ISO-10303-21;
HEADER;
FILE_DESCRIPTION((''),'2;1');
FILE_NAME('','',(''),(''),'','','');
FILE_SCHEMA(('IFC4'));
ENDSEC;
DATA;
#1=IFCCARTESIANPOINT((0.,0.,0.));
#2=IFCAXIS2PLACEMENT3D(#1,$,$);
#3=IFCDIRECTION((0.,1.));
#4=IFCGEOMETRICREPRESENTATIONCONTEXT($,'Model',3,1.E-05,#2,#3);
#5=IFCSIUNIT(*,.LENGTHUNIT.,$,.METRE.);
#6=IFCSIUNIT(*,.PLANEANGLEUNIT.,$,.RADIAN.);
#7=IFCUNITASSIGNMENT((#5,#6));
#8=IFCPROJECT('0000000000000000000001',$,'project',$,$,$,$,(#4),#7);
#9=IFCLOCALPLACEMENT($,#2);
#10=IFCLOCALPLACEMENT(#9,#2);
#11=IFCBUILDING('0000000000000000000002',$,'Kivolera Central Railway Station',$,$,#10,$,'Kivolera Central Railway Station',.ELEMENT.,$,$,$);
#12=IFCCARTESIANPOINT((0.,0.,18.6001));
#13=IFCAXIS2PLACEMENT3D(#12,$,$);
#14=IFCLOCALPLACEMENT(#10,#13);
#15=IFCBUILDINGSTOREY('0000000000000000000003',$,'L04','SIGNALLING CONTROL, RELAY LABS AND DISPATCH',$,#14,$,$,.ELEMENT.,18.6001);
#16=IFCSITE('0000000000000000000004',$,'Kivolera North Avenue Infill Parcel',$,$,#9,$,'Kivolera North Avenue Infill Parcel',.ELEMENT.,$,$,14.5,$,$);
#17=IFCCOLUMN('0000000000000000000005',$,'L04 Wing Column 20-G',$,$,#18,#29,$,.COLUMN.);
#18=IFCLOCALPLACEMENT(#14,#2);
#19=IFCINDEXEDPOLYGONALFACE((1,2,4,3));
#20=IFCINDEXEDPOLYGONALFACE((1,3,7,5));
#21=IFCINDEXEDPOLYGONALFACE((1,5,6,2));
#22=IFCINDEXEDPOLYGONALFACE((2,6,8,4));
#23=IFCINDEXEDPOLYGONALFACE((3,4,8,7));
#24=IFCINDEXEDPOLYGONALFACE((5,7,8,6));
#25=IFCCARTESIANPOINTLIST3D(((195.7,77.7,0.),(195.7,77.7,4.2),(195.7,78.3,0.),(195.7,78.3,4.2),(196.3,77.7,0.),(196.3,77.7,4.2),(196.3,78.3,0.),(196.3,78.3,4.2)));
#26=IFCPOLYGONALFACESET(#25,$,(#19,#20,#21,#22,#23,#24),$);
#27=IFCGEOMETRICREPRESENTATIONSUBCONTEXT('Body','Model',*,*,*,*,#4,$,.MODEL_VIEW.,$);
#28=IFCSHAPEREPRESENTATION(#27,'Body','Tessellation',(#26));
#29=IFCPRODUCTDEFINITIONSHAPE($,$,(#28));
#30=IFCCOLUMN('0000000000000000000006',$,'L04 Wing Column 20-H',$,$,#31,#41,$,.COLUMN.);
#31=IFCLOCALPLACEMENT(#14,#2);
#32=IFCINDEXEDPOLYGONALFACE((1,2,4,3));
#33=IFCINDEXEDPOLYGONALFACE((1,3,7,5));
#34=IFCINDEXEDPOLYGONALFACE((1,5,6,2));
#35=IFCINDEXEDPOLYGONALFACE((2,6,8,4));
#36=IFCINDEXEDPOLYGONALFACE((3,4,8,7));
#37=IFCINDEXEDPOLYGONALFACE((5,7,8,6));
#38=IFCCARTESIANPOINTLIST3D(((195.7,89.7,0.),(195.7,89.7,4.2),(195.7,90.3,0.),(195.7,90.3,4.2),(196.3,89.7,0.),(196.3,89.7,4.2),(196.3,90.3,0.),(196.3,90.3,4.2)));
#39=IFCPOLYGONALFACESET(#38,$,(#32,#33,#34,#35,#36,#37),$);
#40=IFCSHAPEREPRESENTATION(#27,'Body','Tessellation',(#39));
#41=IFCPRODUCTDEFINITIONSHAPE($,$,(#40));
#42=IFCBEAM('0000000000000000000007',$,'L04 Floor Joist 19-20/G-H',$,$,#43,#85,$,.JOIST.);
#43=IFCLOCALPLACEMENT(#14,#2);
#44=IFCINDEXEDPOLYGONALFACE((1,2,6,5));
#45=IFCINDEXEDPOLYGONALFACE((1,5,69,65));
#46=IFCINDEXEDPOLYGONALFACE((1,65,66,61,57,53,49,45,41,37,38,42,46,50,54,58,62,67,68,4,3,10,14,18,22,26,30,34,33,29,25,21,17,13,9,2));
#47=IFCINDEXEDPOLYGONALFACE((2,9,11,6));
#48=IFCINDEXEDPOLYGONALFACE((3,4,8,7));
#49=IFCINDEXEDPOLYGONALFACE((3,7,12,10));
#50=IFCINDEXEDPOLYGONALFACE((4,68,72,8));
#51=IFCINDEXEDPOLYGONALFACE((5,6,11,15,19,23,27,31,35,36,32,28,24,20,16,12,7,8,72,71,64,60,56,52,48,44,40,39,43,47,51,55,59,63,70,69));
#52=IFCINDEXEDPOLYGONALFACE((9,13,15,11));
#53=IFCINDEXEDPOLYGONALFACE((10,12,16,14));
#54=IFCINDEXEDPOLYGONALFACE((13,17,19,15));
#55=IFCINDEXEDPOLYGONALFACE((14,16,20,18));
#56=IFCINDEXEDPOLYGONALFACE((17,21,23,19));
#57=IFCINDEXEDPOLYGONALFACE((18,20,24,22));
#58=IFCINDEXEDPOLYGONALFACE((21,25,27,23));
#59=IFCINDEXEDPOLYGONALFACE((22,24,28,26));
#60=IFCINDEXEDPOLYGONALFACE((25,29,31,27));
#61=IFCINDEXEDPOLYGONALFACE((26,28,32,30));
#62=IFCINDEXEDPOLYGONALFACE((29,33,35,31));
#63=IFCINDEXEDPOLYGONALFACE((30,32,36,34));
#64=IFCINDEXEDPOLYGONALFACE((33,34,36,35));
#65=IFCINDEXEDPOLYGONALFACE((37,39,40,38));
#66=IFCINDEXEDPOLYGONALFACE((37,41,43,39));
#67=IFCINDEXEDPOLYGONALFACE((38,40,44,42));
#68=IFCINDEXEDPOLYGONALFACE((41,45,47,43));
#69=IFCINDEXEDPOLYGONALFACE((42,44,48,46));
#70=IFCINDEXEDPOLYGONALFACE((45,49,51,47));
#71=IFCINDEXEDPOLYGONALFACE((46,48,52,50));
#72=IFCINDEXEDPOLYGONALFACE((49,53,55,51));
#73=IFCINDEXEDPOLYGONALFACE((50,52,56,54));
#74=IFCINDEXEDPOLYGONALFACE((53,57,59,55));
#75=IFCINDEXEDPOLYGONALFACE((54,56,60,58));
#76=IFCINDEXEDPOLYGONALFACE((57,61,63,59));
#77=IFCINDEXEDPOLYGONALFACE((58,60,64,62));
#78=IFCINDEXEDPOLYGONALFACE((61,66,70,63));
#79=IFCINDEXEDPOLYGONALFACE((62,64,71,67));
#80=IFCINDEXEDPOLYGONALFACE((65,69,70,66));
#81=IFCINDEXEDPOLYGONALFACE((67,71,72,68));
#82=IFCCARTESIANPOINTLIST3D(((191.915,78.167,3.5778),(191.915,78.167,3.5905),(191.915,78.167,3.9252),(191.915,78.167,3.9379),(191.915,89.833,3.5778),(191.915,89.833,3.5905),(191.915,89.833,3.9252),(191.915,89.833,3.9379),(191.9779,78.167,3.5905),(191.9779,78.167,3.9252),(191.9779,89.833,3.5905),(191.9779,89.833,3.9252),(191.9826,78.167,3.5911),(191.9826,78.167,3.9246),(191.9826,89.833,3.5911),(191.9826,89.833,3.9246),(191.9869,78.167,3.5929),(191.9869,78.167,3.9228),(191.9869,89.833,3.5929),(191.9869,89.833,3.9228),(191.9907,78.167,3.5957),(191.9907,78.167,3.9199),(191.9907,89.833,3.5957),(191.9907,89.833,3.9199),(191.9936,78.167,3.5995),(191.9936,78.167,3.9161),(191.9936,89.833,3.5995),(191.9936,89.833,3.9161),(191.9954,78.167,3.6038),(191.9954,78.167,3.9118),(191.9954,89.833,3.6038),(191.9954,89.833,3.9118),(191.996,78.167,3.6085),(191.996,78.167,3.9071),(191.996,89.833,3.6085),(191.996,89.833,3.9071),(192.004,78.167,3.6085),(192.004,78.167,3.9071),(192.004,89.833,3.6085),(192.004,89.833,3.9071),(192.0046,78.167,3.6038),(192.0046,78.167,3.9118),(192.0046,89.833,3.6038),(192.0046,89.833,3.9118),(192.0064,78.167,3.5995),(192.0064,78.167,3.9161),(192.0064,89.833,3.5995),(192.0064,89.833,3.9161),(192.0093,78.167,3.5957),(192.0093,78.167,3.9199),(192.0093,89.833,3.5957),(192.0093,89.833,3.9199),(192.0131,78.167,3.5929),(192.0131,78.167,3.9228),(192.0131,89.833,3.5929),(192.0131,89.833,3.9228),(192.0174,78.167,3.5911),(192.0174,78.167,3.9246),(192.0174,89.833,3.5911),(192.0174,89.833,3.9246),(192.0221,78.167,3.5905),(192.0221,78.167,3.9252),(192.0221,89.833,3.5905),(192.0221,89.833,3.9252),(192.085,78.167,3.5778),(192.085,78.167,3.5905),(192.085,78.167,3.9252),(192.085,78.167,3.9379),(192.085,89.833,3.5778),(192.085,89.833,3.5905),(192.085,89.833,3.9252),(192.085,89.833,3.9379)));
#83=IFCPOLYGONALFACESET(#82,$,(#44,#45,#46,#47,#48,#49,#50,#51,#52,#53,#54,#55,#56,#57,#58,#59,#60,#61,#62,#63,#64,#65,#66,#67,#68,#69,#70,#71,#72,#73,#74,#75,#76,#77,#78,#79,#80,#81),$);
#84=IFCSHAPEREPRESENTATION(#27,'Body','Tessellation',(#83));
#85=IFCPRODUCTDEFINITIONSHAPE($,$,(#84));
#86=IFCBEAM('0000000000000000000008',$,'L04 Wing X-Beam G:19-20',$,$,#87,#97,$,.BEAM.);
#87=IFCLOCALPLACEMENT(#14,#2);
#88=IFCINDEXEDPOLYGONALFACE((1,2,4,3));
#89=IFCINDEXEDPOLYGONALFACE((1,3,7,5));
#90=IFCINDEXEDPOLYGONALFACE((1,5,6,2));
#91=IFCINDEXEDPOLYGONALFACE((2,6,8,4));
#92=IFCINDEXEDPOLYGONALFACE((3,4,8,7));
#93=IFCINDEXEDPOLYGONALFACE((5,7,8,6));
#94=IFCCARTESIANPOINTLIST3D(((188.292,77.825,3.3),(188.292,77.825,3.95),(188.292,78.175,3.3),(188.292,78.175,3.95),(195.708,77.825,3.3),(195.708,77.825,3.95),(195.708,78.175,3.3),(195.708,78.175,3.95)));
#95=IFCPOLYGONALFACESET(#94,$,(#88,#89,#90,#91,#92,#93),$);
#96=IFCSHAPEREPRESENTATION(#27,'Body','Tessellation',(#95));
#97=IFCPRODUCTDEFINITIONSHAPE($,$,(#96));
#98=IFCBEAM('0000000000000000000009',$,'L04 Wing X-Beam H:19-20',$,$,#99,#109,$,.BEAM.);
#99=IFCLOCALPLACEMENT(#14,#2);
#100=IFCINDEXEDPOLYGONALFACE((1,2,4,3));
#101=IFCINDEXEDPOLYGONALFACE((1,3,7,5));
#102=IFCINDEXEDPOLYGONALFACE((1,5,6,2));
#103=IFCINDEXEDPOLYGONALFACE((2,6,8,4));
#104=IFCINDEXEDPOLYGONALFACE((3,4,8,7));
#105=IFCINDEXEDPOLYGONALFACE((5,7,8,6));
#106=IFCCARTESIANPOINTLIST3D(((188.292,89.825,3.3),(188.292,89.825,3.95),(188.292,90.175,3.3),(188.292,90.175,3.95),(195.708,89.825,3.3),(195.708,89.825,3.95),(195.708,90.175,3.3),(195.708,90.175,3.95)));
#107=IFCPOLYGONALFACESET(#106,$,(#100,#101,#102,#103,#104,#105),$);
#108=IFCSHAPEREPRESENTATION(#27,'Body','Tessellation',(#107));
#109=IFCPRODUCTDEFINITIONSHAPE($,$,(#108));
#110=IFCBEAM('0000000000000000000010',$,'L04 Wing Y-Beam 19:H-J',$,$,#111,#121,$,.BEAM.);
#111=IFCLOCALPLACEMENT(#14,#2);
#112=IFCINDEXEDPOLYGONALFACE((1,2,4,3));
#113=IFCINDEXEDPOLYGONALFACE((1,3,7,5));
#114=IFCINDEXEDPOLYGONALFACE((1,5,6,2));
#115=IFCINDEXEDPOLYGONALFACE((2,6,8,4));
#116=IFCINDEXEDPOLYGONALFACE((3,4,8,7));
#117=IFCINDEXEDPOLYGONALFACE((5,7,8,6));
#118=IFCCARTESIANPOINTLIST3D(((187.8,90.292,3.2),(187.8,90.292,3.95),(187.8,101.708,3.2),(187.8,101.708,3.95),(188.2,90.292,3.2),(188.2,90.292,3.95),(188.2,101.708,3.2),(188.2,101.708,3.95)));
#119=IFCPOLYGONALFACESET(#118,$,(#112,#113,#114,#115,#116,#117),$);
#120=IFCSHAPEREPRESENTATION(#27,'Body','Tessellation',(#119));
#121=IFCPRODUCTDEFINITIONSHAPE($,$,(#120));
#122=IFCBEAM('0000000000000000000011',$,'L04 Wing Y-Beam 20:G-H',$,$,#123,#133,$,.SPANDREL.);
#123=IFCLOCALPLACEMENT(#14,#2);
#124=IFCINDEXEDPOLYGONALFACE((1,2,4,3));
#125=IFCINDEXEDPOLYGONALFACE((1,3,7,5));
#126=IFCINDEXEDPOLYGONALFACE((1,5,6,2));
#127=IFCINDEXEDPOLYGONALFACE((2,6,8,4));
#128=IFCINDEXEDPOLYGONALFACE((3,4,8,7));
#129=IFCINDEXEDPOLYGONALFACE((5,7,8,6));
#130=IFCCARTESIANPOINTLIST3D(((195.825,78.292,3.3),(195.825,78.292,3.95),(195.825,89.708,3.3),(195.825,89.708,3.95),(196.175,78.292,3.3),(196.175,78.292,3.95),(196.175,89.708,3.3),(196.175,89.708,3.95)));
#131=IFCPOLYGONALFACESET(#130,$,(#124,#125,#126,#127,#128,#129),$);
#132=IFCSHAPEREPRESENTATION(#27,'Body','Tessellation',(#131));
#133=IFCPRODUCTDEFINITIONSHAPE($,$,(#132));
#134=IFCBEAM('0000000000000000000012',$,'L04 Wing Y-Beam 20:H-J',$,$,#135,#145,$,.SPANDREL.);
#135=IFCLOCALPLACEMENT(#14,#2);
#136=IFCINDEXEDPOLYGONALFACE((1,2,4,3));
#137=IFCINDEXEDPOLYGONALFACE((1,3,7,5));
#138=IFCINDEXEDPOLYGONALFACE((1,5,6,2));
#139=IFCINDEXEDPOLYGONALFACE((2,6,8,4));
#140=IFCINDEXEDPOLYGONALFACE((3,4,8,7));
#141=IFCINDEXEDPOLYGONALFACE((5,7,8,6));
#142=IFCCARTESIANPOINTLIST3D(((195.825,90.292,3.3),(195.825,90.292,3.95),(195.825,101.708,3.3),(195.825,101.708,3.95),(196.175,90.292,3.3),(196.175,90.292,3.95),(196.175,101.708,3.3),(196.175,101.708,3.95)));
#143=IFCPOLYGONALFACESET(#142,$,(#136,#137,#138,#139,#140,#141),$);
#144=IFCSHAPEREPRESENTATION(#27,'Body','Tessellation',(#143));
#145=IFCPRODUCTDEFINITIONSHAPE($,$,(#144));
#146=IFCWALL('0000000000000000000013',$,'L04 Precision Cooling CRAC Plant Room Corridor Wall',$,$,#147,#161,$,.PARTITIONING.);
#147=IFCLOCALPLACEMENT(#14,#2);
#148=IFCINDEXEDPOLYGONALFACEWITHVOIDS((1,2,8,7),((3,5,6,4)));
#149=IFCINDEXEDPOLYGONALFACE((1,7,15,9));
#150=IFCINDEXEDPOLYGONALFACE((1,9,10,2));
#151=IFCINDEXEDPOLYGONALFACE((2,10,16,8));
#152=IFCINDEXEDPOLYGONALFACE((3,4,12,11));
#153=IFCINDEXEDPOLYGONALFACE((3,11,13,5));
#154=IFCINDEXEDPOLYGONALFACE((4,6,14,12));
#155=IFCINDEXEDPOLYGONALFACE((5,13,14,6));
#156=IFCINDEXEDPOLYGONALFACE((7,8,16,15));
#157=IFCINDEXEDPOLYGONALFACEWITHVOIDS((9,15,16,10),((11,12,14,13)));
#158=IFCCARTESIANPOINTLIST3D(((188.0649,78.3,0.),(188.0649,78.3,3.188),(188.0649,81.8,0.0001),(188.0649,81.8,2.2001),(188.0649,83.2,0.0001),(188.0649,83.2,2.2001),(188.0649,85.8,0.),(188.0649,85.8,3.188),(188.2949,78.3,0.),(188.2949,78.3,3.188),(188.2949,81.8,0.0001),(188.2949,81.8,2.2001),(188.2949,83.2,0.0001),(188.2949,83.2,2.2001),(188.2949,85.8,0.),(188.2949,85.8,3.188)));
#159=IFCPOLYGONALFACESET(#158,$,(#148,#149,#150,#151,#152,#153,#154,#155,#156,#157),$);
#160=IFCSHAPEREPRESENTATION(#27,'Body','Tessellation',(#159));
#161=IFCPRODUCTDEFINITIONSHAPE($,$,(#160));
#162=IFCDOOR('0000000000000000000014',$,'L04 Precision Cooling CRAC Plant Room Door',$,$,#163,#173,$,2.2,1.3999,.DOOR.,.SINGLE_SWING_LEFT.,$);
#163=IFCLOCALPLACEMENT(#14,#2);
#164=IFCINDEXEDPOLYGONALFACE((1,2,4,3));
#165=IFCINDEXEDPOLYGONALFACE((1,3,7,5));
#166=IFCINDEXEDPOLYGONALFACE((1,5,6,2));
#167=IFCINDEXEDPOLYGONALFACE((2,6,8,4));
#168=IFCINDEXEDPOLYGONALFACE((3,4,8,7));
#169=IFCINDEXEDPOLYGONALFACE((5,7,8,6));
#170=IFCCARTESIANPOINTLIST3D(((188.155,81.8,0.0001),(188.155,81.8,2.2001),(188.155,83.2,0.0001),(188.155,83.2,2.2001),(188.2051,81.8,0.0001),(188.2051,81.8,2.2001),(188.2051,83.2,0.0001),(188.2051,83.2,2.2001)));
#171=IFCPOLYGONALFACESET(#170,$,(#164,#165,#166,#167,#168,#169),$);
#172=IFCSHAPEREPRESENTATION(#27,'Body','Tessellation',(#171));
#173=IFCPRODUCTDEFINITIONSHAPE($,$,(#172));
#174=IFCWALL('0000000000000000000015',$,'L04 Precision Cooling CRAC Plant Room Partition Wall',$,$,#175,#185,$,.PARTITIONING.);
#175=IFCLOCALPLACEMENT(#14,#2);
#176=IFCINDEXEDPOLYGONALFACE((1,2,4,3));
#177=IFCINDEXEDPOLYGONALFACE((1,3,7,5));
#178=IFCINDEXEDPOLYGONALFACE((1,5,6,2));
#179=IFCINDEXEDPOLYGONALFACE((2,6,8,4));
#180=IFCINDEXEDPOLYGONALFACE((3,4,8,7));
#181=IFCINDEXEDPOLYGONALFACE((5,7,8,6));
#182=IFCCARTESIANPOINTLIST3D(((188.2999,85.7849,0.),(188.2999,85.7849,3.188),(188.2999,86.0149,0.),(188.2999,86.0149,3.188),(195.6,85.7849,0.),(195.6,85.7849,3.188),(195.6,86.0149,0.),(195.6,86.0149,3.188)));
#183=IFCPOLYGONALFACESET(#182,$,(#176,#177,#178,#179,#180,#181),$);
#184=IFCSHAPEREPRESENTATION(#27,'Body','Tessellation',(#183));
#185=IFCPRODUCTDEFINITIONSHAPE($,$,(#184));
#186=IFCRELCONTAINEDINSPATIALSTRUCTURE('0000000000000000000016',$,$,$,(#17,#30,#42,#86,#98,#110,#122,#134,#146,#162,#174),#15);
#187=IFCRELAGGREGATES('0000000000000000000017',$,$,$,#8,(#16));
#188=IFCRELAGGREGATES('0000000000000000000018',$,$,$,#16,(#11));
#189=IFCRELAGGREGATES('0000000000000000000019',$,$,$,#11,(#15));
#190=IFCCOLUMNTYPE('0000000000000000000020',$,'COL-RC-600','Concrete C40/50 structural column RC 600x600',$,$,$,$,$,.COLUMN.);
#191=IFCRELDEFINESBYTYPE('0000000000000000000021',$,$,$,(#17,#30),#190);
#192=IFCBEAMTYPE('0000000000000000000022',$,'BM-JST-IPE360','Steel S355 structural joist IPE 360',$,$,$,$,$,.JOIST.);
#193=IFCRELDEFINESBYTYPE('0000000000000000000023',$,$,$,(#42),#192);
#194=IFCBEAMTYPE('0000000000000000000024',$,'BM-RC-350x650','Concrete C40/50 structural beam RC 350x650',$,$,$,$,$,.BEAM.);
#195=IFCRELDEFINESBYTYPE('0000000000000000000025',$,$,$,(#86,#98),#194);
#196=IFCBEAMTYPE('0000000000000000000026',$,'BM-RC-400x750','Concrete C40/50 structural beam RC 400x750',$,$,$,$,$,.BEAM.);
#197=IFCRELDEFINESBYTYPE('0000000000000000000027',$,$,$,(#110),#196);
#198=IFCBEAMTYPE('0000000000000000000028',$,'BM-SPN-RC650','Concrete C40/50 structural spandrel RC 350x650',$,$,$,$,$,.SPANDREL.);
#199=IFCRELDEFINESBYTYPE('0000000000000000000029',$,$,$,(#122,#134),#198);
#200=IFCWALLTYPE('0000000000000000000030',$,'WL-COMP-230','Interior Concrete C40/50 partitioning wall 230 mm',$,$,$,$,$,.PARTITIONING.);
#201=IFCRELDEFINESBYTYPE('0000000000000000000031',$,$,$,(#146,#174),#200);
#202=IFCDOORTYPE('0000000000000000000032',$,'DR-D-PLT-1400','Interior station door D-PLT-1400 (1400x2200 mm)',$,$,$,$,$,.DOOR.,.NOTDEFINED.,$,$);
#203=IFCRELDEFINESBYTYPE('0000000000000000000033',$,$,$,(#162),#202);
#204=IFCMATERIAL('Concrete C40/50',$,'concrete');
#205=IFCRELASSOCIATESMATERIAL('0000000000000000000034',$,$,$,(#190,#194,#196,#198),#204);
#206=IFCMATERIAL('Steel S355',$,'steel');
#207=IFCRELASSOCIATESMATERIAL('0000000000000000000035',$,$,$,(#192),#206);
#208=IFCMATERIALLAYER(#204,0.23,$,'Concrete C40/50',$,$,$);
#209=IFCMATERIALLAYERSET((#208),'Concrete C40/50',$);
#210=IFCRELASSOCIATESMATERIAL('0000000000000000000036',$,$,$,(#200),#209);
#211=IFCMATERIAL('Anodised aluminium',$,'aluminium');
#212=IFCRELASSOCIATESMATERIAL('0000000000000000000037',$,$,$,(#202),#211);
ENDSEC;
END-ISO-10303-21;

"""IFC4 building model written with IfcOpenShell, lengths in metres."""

from ifc_helpers import new_model, si_unit, direction, frame, frame_2d, origin, origin_2d, place, context, subcontext, project, spatial, rectangle, i_section, extrude, material, layer, layer_set, material_profile, profile_set, type_object, element, fill, save


model = new_model("IFC4")

# Units and contexts
model_context = context("Model", 3, precision=1e-05, world=origin(), true_north=direction((0.0, 1.0)))
body_context = subcontext(model_context, "Body", "Model", "MODEL_VIEW")
ifc_project = project(units=[si_unit("LENGTHUNIT", "METRE"), si_unit("PLANEANGLEUNIT", "RADIAN")], contexts=[model_context])

# Site, building, storey
site_placement = place(None, origin())
site = spatial("IfcSite", under=ifc_project, at=site_placement, Name="Kivolera North Avenue Infill Parcel", LongName="Kivolera North Avenue Infill Parcel", CompositionType="ELEMENT", RefElevation=14.5)
building_placement = place(site_placement, origin())
building = spatial("IfcBuilding", under=site, at=building_placement, Name="Kivolera Central Railway Station", LongName="Kivolera Central Railway Station", CompositionType="ELEMENT")
storey_placement = place(building_placement, frame((0.0, 0.0, 18.6001)))
storey = spatial("IfcBuildingStorey", under=building, at=storey_placement, Name="L04", Description="SIGNALLING CONTROL, RELAY LABS AND DISPATCH", CompositionType="ELEMENT", Elevation=18.6001)

# Columns
ifc_material_1 = material(Name="Concrete C40/50", Category="concrete")
ifc_material_profile_1 = material_profile(ifc_material_1, rectangle(XDim=0.6001, YDim=0.6001, at=origin_2d()), Name="RC 600x600")
ifc_profile_set_1 = profile_set([ifc_material_profile_1], Name="Concrete C40/50")
column_type = type_object("IfcColumnType", Name="COL-RC-600", Description="Concrete C40/50 structural column RC 600x600", PredefinedType="COLUMN", material=ifc_profile_set_1)
for number, where, z_axis, x_axis, name in (
    (1, (196.0, 78.0, 0.0), (0.0, 0.0, 1.0), (1.0, 0.0, 0.0), "L04 Wing Column 20-G"),
    (2, (196.0, 90.0, 0.0), (0.0, 0.0, 1.0), (1.0, 0.0, 0.0), "L04 Wing Column 20-H"),
):
    element("IfcColumn", number, at=place(storey_placement, frame(where, z_axis=z_axis, x_axis=x_axis)), inside=storey, type_object=column_type, Name=name, PredefinedType="COLUMN", context=body_context, shape_type="SweptSolid", body=[
        extrude(rectangle(XDim=0.6001, YDim=0.6001, at=origin_2d()), origin(), (0.0, 0.0, 1.0), 4.2),
    ])

# Beams
ifc_material_2 = material(Name="Steel S355", Category="steel")
ifc_material_profile_2 = material_profile(ifc_material_2, i_section(OverallWidth=0.1699, OverallDepth=0.3601, WebThickness=0.0081, FlangeThickness=0.0127, FilletRadius=0.0181, at=origin_2d()), Name="IPE 360")
ifc_profile_set_2 = profile_set([ifc_material_profile_2], Name="Steel S355")
beam_type_1 = type_object("IfcBeamType", Name="BM-JST-IPE360", Description="Steel S355 structural joist IPE 360", PredefinedType="JOIST", material=ifc_profile_set_2)
beam_1_placement = place(storey_placement, frame((192.0, 78.167, 3.7578), z_axis=(0.0, 1.0, 0.0), x_axis=(-1.0, 0.0, 0.0)))
element("IfcBeam", 3, at=beam_1_placement, inside=storey, type_object=beam_type_1, Name="L04 Floor Joist 19-20/G-H", PredefinedType="JOIST", context=body_context, shape_type="SweptSolid", body=[
    extrude(i_section(OverallWidth=0.1699, OverallDepth=0.3601, WebThickness=0.0081, FlangeThickness=0.0127, FilletRadius=0.0181, at=origin_2d()), origin(), (0.0, 0.0, 1.0), 11.666),
])
ifc_material_profile_3 = material_profile(ifc_material_1, rectangle(XDim=0.3501, YDim=0.6499, at=origin_2d()), Name="RC 350x650")
ifc_profile_set_3 = profile_set([ifc_material_profile_3], Name="Concrete C40/50")
beam_type_2 = type_object("IfcBeamType", Name="BM-RC-350x650", Description="Concrete C40/50 structural beam RC 350x650", PredefinedType="BEAM", material=ifc_profile_set_3)
for number, where, z_axis, x_axis, name in (
    (4, (188.292, 78.0, 3.625), (1.0, 0.0, 0.0), (0.0, 1.0, 0.0), "L04 Wing X-Beam G:19-20"),
    (5, (188.292, 90.0, 3.625), (1.0, 0.0, 0.0), (0.0, 1.0, 0.0), "L04 Wing X-Beam H:19-20"),
):
    element("IfcBeam", number, at=place(storey_placement, frame(where, z_axis=z_axis, x_axis=x_axis)), inside=storey, type_object=beam_type_2, Name=name, PredefinedType="BEAM", context=body_context, shape_type="SweptSolid", body=[
        extrude(rectangle(XDim=0.3501, YDim=0.6499, at=origin_2d()), origin(), (0.0, 0.0, 1.0), 7.416),
    ])
ifc_material_profile_4 = material_profile(ifc_material_1, rectangle(XDim=0.3999, YDim=0.75, at=origin_2d()), Name="RC 400x750")
ifc_profile_set_4 = profile_set([ifc_material_profile_4], Name="Concrete C40/50")
beam_type_3 = type_object("IfcBeamType", Name="BM-RC-400x750", Description="Concrete C40/50 structural beam RC 400x750", PredefinedType="BEAM", material=ifc_profile_set_4)
beam_2_placement = place(storey_placement, frame((188.0, 90.292, 3.575), z_axis=(0.0, 1.0, 0.0), x_axis=(-1.0, 0.0, 0.0)))
element("IfcBeam", 6, at=beam_2_placement, inside=storey, type_object=beam_type_3, Name="L04 Wing Y-Beam 19:H-J", PredefinedType="BEAM", context=body_context, shape_type="SweptSolid", body=[
    extrude(rectangle(XDim=0.3999, YDim=0.75, at=origin_2d()), origin(), (0.0, 0.0, 1.0), 11.416),
])
ifc_material_profile_5 = material_profile(ifc_material_1, rectangle(XDim=0.3501, YDim=0.6499, at=origin_2d()), Name="RC 350x650")
ifc_profile_set_5 = profile_set([ifc_material_profile_5], Name="Concrete C40/50")
beam_type_4 = type_object("IfcBeamType", Name="BM-SPN-RC650", Description="Concrete C40/50 structural spandrel RC 350x650", PredefinedType="SPANDREL", material=ifc_profile_set_5)
for number, where, z_axis, x_axis, name in (
    (7, (196.0, 78.292, 3.625), (0.0, 1.0, 0.0), (-1.0, 0.0, 0.0), "L04 Wing Y-Beam 20:G-H"),
    (8, (196.0, 90.292, 3.625), (0.0, 1.0, 0.0), (-1.0, 0.0, 0.0), "L04 Wing Y-Beam 20:H-J"),
):
    element("IfcBeam", number, at=place(storey_placement, frame(where, z_axis=z_axis, x_axis=x_axis)), inside=storey, type_object=beam_type_4, Name=name, PredefinedType="SPANDREL", context=body_context, shape_type="SweptSolid", body=[
        extrude(rectangle(XDim=0.3501, YDim=0.6499, at=origin_2d()), origin(), (0.0, 0.0, 1.0), 11.416),
    ])

# Wall, opening, door
ifc_layer_1 = layer(ifc_material_1, 0.23, Name="Concrete C40/50")
ifc_layer_set_1 = layer_set([ifc_layer_1], Name="Concrete C40/50")
wall_type_1 = type_object("IfcWallType", Name="WL-COMP-230", Description="Interior Concrete C40/50 partitioning wall 230 mm", PredefinedType="PARTITIONING", material=ifc_layer_set_1)
wall_1_placement = place(storey_placement, frame((188.1799, 78.3, 0.0), z_axis=(0.0, 0.0, 1.0), x_axis=(0.0, 1.0, 0.0)))
wall_1 = element("IfcWall", 9, at=wall_1_placement, inside=storey, type_object=wall_type_1, Name="L04 Precision Cooling CRAC Plant Room Corridor Wall", PredefinedType="PARTITIONING", context=body_context, shape_type="SweptSolid", body=[
    extrude(rectangle(XDim=7.5, YDim=0.23, at=frame_2d((3.75, 0.0))), origin(), (0.0, 0.0, 1.0), 3.188),
])
opening_1_placement = place(wall_1_placement, frame((3.5, 0.0, 0.0)))
opening_1 = element("IfcOpeningElement", 10, at=opening_1_placement, cuts=wall_1, PredefinedType="OPENING", context=body_context, shape_type="SweptSolid", body=[
    extrude(rectangle(XDim=1.3999, YDim=2.2, at=frame_2d((0.7, 1.1001))), frame((0.0, 0.125, 0.0), z_axis=(0.0, -1.0, 0.0), x_axis=(1.0, 0.0, 0.0)), (0.0, 0.0, 1.0), 0.25),
])
ifc_material_3 = material(Name="Anodised aluminium", Category="aluminium")
door_type_1 = type_object("IfcDoorType", Name="DR-D-PLT-1400", Description="Interior station door D-PLT-1400 (1400x2200 mm)", OperationType="NOTDEFINED", PredefinedType="DOOR", material=ifc_material_3)
door_1_placement = place(opening_1_placement, origin())
door_1 = element("IfcDoor", 11, at=door_1_placement, inside=storey, type_object=door_type_1, Name="L04 Precision Cooling CRAC Plant Room Door", OperationType="SINGLE_SWING_LEFT", OverallHeight=2.2, OverallWidth=1.3999, PredefinedType="DOOR", context=body_context, shape_type="SweptSolid", body=[
    extrude(rectangle(XDim=1.3999, YDim=2.2, at=frame_2d((0.7, 1.1001))), frame((0.0, 0.0249, 0.0), z_axis=(0.0, -1.0, 0.0), x_axis=(1.0, 0.0, 0.0)), (0.0, 0.0, 1.0), 0.05),
])
fill(opening_1, door_1)

# Wall
wall_2_placement = place(storey_placement, frame((188.3, 85.8999, 0.0), z_axis=(0.0, 0.0, 1.0), x_axis=(1.0, 0.0, 0.0)))
element("IfcWall", 12, at=wall_2_placement, inside=storey, type_object=wall_type_1, Name="L04 Precision Cooling CRAC Plant Room Partition Wall", PredefinedType="PARTITIONING", context=body_context, shape_type="SweptSolid", body=[
    extrude(rectangle(XDim=7.3, YDim=0.23, at=frame_2d((3.6499, 0.0))), origin(), (0.0, 0.0, 1.0), 3.188),
])

save(model, "model.ifc")
